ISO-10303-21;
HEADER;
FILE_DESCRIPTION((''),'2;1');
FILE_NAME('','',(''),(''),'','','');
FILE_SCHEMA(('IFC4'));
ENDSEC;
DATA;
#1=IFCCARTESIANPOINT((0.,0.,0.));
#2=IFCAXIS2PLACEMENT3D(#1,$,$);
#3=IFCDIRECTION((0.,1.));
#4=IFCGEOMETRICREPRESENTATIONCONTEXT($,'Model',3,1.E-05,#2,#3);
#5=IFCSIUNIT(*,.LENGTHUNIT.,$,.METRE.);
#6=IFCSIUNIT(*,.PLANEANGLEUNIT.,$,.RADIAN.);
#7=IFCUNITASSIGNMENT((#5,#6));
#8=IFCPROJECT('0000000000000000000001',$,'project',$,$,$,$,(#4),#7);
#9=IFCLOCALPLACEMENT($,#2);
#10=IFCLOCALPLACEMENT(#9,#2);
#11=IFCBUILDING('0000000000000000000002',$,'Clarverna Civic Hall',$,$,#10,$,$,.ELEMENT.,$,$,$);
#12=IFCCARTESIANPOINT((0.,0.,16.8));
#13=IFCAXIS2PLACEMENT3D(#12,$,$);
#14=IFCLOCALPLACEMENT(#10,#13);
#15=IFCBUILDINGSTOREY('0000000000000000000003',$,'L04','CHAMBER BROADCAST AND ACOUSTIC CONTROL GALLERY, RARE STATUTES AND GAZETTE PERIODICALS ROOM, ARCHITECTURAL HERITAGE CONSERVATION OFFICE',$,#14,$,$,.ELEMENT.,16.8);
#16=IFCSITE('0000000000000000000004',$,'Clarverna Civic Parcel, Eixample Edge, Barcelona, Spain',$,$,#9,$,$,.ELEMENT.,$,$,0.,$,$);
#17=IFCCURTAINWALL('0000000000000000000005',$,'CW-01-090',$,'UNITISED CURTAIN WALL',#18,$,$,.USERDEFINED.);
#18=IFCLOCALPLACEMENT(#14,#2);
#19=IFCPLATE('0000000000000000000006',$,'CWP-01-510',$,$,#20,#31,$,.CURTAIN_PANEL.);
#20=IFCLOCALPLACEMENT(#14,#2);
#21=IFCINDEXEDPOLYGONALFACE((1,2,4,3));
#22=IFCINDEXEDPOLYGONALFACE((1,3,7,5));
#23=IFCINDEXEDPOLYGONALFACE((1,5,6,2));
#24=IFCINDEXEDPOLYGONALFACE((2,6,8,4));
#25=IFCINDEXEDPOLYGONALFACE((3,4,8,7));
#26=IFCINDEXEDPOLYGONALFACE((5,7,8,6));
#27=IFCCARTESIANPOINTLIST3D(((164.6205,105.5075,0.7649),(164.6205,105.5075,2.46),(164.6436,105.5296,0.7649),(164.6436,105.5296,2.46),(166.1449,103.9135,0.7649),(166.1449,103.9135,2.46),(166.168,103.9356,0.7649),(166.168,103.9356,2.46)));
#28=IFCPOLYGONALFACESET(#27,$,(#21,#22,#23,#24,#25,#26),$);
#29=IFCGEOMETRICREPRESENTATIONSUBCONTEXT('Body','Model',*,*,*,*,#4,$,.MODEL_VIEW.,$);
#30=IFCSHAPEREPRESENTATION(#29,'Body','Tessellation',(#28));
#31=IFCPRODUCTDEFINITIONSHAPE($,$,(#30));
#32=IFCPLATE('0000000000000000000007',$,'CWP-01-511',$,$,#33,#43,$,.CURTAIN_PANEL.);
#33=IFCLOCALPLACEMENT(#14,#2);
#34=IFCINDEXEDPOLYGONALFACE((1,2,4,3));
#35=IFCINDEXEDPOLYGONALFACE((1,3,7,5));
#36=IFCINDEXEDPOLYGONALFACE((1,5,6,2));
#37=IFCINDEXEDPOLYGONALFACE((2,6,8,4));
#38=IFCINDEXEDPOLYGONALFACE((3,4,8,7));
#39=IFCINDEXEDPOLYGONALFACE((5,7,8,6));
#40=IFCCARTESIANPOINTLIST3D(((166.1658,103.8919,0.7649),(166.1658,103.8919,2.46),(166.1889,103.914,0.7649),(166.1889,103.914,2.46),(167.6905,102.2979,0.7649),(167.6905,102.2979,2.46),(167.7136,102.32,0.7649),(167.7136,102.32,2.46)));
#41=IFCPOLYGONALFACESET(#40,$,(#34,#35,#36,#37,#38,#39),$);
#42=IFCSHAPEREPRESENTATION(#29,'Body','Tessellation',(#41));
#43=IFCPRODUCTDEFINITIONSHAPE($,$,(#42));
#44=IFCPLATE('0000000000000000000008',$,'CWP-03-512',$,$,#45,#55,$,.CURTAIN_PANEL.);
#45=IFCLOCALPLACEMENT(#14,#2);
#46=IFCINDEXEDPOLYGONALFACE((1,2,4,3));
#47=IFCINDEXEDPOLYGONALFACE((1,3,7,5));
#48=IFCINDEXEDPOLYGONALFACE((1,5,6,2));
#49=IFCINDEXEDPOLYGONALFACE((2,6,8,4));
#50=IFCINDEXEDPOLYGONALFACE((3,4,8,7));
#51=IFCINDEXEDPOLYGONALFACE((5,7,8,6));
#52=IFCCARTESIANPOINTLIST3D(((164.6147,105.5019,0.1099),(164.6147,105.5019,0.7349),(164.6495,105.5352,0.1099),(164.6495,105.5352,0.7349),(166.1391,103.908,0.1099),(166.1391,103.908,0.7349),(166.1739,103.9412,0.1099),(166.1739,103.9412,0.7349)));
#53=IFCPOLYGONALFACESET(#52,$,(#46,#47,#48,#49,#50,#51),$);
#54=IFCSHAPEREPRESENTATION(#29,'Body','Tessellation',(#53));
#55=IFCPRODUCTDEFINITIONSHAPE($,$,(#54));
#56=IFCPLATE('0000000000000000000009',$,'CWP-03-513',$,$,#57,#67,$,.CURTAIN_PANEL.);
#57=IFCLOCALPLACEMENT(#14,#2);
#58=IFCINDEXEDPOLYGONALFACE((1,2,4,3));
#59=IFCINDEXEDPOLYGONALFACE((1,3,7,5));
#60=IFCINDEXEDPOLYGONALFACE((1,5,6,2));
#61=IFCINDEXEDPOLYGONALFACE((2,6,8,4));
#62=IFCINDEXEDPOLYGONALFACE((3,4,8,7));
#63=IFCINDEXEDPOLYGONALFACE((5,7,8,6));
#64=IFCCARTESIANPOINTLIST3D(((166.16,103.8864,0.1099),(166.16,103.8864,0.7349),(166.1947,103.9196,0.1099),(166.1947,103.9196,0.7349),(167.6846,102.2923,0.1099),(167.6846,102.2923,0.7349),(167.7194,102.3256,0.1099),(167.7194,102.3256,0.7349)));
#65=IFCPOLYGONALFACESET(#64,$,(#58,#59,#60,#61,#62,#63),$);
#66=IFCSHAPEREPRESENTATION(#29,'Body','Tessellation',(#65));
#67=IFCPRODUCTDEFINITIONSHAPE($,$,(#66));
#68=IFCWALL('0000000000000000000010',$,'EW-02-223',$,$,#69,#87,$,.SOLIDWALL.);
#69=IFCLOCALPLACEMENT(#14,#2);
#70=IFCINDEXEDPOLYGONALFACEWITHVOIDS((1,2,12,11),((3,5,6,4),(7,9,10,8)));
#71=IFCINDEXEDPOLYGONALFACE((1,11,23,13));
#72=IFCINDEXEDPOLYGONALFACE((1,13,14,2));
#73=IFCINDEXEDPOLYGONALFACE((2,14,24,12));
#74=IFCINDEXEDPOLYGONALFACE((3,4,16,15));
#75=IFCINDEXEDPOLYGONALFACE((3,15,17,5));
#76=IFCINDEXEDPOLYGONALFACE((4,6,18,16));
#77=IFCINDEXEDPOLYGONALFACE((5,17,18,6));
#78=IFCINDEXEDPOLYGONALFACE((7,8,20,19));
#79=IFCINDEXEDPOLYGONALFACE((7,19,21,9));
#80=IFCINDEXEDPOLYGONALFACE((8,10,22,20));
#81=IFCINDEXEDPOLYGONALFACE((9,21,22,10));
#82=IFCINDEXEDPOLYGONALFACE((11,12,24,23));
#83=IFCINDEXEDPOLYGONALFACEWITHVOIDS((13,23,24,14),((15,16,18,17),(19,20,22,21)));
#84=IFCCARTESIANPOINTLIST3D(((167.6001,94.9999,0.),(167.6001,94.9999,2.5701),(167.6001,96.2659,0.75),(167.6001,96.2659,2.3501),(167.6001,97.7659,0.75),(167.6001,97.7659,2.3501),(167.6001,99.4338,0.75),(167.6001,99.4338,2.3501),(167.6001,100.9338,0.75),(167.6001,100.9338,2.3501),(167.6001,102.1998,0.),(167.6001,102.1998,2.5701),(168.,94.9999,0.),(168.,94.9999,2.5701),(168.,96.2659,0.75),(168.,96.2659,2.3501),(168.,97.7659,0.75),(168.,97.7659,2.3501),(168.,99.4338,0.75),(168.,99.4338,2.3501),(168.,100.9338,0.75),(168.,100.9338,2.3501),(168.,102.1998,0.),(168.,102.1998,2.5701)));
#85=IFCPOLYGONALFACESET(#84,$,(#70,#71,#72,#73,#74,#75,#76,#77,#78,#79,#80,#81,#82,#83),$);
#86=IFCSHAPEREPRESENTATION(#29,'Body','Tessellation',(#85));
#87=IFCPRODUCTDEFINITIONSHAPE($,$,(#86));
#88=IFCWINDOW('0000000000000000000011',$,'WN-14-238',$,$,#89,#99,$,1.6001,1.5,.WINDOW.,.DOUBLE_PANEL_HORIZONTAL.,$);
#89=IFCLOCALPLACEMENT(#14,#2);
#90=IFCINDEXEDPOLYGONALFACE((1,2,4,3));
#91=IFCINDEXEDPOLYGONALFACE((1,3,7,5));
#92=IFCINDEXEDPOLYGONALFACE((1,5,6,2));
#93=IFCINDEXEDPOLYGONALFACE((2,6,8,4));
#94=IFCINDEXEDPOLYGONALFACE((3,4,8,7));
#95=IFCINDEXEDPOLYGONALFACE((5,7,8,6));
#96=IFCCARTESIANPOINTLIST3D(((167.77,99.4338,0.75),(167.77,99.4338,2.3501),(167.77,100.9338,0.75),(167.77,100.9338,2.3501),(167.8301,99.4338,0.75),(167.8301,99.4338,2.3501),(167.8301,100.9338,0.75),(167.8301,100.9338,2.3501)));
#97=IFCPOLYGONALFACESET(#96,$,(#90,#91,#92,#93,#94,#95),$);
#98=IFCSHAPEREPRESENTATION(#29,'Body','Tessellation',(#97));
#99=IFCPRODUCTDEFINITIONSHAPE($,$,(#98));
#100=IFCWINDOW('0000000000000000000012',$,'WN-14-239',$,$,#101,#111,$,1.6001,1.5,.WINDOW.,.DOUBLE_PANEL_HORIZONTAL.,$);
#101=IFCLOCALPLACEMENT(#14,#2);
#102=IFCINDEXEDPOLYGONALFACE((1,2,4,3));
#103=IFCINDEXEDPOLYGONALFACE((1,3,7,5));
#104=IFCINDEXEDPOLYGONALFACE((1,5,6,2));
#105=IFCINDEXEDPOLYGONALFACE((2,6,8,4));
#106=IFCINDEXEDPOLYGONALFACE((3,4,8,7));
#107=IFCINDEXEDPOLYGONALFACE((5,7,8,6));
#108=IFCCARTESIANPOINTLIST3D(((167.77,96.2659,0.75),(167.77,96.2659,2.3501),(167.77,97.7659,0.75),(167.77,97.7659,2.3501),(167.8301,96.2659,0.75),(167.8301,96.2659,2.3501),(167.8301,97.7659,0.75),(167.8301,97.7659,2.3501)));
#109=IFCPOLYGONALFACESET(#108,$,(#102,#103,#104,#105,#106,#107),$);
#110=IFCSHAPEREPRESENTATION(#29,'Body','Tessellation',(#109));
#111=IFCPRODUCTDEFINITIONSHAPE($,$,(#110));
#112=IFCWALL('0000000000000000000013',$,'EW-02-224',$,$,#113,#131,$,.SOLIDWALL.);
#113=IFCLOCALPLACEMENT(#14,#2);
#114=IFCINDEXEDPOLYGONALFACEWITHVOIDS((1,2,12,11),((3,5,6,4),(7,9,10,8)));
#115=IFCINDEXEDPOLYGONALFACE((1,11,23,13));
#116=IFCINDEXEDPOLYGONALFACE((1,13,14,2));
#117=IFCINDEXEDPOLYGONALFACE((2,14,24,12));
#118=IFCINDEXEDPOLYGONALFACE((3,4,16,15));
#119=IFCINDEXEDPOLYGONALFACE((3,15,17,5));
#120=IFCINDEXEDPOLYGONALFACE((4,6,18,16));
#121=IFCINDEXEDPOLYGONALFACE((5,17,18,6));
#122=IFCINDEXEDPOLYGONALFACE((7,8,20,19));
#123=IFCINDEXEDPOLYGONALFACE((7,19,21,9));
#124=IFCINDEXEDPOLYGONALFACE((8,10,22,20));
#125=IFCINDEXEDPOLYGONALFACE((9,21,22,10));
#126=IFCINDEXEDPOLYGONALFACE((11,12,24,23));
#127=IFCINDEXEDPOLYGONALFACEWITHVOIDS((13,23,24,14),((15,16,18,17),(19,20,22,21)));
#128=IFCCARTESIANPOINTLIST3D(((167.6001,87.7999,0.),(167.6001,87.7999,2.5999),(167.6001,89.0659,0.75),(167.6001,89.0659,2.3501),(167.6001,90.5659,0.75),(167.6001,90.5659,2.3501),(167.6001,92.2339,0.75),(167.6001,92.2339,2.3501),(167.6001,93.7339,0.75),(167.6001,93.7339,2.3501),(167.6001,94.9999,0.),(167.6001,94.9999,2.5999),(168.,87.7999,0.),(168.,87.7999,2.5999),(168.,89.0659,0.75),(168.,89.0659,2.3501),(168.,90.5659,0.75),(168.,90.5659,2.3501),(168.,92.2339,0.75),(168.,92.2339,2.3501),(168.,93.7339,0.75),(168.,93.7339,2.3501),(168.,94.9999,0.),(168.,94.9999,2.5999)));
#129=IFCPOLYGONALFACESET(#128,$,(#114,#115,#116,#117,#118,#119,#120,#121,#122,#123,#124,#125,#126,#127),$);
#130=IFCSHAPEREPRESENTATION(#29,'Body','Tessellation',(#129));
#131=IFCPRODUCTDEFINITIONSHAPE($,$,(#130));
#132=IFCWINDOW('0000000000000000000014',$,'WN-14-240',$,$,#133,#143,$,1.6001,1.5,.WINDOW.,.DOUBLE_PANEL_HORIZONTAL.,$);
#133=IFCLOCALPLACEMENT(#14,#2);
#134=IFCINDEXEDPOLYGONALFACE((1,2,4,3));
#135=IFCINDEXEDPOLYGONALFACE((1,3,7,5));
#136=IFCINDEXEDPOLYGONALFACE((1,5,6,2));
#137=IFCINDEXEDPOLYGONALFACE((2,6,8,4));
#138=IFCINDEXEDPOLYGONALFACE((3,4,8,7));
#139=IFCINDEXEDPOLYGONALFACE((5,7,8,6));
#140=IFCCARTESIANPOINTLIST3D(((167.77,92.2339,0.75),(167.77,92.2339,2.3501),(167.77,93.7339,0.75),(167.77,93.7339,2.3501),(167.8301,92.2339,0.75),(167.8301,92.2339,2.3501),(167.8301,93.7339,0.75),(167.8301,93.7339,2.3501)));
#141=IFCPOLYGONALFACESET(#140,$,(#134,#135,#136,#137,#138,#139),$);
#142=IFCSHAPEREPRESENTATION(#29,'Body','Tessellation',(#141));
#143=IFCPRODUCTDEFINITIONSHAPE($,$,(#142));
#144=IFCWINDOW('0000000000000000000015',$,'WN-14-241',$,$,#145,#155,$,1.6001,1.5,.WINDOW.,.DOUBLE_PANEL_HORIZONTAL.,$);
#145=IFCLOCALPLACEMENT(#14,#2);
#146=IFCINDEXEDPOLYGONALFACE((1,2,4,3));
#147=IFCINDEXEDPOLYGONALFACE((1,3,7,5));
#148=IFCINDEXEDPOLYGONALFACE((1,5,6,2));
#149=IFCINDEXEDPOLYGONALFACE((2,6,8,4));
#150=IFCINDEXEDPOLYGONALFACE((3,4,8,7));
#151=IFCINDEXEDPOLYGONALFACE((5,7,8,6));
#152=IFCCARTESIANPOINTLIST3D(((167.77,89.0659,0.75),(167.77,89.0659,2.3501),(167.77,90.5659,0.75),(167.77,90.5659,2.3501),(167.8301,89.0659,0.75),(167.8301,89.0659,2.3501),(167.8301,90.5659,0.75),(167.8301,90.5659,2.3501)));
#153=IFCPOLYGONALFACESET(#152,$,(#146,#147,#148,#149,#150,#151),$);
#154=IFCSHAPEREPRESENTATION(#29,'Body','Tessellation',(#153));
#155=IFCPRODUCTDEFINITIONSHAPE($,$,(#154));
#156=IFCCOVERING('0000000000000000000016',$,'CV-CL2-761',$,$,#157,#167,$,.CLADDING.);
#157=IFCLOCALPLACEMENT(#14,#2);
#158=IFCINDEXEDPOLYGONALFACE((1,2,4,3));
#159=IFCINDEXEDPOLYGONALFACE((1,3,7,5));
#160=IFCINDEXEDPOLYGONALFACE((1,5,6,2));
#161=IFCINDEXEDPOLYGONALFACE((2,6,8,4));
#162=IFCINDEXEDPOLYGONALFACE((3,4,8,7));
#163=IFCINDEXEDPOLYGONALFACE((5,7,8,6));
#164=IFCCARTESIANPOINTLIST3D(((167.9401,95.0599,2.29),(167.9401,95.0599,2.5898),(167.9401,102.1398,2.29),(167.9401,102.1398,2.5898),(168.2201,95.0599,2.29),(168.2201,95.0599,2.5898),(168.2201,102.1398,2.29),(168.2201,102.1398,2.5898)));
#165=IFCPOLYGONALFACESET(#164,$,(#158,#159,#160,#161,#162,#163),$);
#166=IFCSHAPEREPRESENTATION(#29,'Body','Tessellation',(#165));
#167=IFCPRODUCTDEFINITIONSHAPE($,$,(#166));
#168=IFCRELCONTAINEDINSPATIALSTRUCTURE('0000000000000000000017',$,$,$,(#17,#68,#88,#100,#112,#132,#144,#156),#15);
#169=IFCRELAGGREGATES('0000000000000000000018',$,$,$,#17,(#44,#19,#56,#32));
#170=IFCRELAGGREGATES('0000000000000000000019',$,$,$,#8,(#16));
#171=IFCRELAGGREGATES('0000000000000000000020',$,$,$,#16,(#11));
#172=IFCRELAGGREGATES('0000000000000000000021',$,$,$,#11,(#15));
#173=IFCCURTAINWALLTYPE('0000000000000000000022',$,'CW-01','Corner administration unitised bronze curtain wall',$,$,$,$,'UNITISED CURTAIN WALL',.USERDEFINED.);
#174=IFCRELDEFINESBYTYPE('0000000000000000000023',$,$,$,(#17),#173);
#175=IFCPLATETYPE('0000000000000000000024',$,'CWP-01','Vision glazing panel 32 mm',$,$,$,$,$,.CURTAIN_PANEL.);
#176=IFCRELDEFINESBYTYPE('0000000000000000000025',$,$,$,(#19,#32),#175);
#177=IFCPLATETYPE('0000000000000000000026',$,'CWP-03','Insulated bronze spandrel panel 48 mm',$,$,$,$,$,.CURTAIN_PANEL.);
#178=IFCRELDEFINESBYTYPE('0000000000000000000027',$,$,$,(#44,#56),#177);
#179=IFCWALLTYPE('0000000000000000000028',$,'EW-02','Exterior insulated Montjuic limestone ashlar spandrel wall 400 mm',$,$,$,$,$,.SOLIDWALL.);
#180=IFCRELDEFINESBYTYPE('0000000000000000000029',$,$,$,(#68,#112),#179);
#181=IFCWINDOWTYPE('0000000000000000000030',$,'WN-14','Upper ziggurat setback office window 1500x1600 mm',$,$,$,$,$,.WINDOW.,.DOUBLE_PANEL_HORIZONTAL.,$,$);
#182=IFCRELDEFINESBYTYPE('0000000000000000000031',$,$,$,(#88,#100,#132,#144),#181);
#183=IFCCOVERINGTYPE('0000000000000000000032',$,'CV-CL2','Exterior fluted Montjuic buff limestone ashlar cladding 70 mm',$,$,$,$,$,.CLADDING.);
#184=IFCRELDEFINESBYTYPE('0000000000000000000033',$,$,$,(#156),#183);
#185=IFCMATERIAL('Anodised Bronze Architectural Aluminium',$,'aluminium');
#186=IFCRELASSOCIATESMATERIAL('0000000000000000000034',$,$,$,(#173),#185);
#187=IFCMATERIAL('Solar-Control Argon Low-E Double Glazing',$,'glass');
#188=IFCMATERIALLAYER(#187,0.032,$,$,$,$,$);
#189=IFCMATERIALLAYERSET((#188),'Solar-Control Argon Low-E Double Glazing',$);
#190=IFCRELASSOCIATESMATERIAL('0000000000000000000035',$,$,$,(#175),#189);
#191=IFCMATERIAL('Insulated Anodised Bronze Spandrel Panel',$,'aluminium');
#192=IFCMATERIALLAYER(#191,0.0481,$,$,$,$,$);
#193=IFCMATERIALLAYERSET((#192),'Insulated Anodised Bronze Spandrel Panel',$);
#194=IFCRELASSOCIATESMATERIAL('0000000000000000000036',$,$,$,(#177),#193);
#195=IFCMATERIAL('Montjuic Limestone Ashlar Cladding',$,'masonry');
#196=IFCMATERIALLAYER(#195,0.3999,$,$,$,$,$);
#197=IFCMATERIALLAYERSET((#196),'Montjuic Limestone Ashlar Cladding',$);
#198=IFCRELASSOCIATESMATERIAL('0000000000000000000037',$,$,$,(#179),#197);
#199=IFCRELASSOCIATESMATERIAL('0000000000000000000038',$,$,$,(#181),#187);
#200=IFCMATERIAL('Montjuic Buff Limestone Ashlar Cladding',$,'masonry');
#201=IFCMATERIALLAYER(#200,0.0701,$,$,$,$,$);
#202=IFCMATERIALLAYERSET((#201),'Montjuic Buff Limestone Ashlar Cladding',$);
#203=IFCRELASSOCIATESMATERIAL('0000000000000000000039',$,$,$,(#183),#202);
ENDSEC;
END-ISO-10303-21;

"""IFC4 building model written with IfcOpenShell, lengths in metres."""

from ifc_helpers import new_model, si_unit, direction, frame, frame_2d, origin, place, context, subcontext, project, spatial, rectangle, extrude, material, layer, layer_set, type_object, element, fill, aggregate, save


model = new_model("IFC4")

# Units and contexts
model_context = context("Model", 3, precision=1e-05, world=origin(), true_north=direction((0.0, 1.0)))
body_context = subcontext(model_context, "Body", "Model", "MODEL_VIEW")
ifc_project = project(units=[si_unit("LENGTHUNIT", "METRE"), si_unit("PLANEANGLEUNIT", "RADIAN")], contexts=[model_context])

# Site, building, storey
site_placement = place(None, origin())
site = spatial("IfcSite", under=ifc_project, at=site_placement, Name="Clarverna Civic Parcel, Eixample Edge, Barcelona, Spain", CompositionType="ELEMENT", RefElevation=0.0)
building_placement = place(site_placement, origin())
building = spatial("IfcBuilding", under=site, at=building_placement, Name="Clarverna Civic Hall", CompositionType="ELEMENT")
storey_placement = place(building_placement, frame((0.0, 0.0, 16.8)))
storey = spatial("IfcBuildingStorey", under=building, at=storey_placement, Name="L04", Description="CHAMBER BROADCAST AND ACOUSTIC CONTROL GALLERY, RARE STATUTES AND GAZETTE PERIODICALS ROOM, ARCHITECTURAL HERITAGE CONSERVATION OFFICE", CompositionType="ELEMENT", Elevation=16.8)

# Curtain wall
ifc_material_1 = material(Name="Anodised Bronze Architectural Aluminium", Category="aluminium")
curtain_wall_type = type_object("IfcCurtainWallType", Name="CW-01", Description="Corner administration unitised bronze curtain wall", ElementType="UNITISED CURTAIN WALL", PredefinedType="USERDEFINED", material=ifc_material_1)
curtain_wall_placement = place(storey_placement, origin())
curtain_wall = element("IfcCurtainWall", 1, at=curtain_wall_placement, inside=storey, type_object=curtain_wall_type, Name="CW-01-090", ObjectType="UNITISED CURTAIN WALL", PredefinedType="USERDEFINED")

# Plates
ifc_material_2 = material(Name="Solar-Control Argon Low-E Double Glazing", Category="glass")
ifc_layer_1 = layer(ifc_material_2, 0.032)
ifc_layer_set_1 = layer_set([ifc_layer_1], Name="Solar-Control Argon Low-E Double Glazing")
plate_type_1 = type_object("IfcPlateType", Name="CWP-01", Description="Vision glazing panel 32 mm", PredefinedType="CURTAIN_PANEL", material=ifc_layer_set_1)
plate_1_placement = place(storey_placement, frame((164.6321, 105.5186, 0.7649), z_axis=(0.0, 0.0, 1.0), x_axis=(0.691157, -0.722704, 0.0)))
plate_1 = element("IfcPlate", 2, at=plate_1_placement, type_object=plate_type_1, Name="CWP-01-510", PredefinedType="CURTAIN_PANEL", context=body_context, shape_type="SweptSolid", body=[
    extrude(rectangle(XDim=2.2056, YDim=0.032, at=frame_2d((1.1028, 0.0))), origin(), (0.0, 0.0, 1.0), 1.6951),
])
plate_2_placement = place(storey_placement, frame((166.1772, 103.9031, 0.7649), z_axis=(0.0, 0.0, 1.0), x_axis=(0.691215, -0.722649, 0.0)))
plate_2 = element("IfcPlate", 3, at=plate_2_placement, type_object=plate_type_1, Name="CWP-01-511", PredefinedType="CURTAIN_PANEL", context=body_context, shape_type="SweptSolid", body=[
    extrude(rectangle(XDim=2.2058, YDim=0.032, at=frame_2d((1.103, 0.0))), origin(), (0.0, 0.0, 1.0), 1.6951),
])
ifc_material_3 = material(Name="Insulated Anodised Bronze Spandrel Panel", Category="aluminium")
ifc_layer_2 = layer(ifc_material_3, 0.0481)
ifc_layer_set_2 = layer_set([ifc_layer_2], Name="Insulated Anodised Bronze Spandrel Panel")
plate_type_2 = type_object("IfcPlateType", Name="CWP-03", Description="Insulated bronze spandrel panel 48 mm", PredefinedType="CURTAIN_PANEL", material=ifc_layer_set_2)
plate_3_placement = place(storey_placement, frame((164.6321, 105.5186, 0.1099), z_axis=(0.0, 0.0, 1.0), x_axis=(0.691157, -0.722704, 0.0)))
plate_3 = element("IfcPlate", 4, at=plate_3_placement, type_object=plate_type_2, Name="CWP-03-512", PredefinedType="CURTAIN_PANEL", context=body_context, shape_type="SweptSolid", body=[
    extrude(rectangle(XDim=2.2056, YDim=0.0481, at=frame_2d((1.1028, 0.0))), origin(), (0.0, 0.0, 1.0), 0.625),
])
plate_4_placement = place(storey_placement, frame((166.1772, 103.9031, 0.1099), z_axis=(0.0, 0.0, 1.0), x_axis=(0.691215, -0.722649, 0.0)))
plate_4 = element("IfcPlate", 5, at=plate_4_placement, type_object=plate_type_2, Name="CWP-03-513", PredefinedType="CURTAIN_PANEL", context=body_context, shape_type="SweptSolid", body=[
    extrude(rectangle(XDim=2.2058, YDim=0.0481, at=frame_2d((1.103, 0.0))), origin(), (0.0, 0.0, 1.0), 0.625),
])
aggregate(curtain_wall, [plate_3, plate_1, plate_4, plate_2])

# Walls, openings, windows
ifc_material_4 = material(Name="Montjuic Limestone Ashlar Cladding", Category="masonry")
ifc_layer_3 = layer(ifc_material_4, 0.3999)
ifc_layer_set_3 = layer_set([ifc_layer_3], Name="Montjuic Limestone Ashlar Cladding")
wall_type = type_object("IfcWallType", Name="EW-02", Description="Exterior insulated Montjuic limestone ashlar spandrel wall 400 mm", PredefinedType="SOLIDWALL", material=ifc_layer_set_3)
wall_1_placement = place(storey_placement, frame((167.8, 102.2, 0.0), z_axis=(0.0, 0.0, 1.0), x_axis=(0.0, -1.0, 0.0)))
wall_1 = element("IfcWall", 6, at=wall_1_placement, inside=storey, type_object=wall_type, Name="EW-02-223", PredefinedType="SOLIDWALL", context=body_context, shape_type="SweptSolid", body=[
    extrude(rectangle(XDim=7.2, YDim=0.3999, at=frame_2d((3.6001, 0.0))), origin(), (0.0, 0.0, 1.0), 2.5701),
])
opening_1_placement = place(wall_1_placement, frame((1.2661, 0.0, 0.75)))
opening_1 = element("IfcOpeningElement", 7, at=opening_1_placement, cuts=wall_1, PredefinedType="OPENING", context=body_context, shape_type="SweptSolid", body=[
    extrude(rectangle(XDim=1.5, YDim=1.6001, at=frame_2d((0.75, 0.8))), frame((0.0, 0.21, 0.0), z_axis=(0.0, -1.0, 0.0), x_axis=(1.0, 0.0, 0.0)), (0.0, 0.0, 1.0), 0.4199),
])
opening_2_placement = place(wall_1_placement, frame((4.4341, 0.0, 0.75)))
opening_2 = element("IfcOpeningElement", 8, at=opening_2_placement, cuts=wall_1, PredefinedType="OPENING", context=body_context, shape_type="SweptSolid", body=[
    extrude(rectangle(XDim=1.5, YDim=1.6001, at=frame_2d((0.75, 0.8))), frame((0.0, 0.21, 0.0), z_axis=(0.0, -1.0, 0.0), x_axis=(1.0, 0.0, 0.0)), (0.0, 0.0, 1.0), 0.4199),
])
window_type = type_object("IfcWindowType", Name="WN-14", Description="Upper ziggurat setback office window 1500x1600 mm", PartitioningType="DOUBLE_PANEL_HORIZONTAL", PredefinedType="WINDOW", material=ifc_material_2)
window_1_placement = place(opening_1_placement, origin())
window_1 = element("IfcWindow", 9, at=window_1_placement, inside=storey, type_object=window_type, Name="WN-14-238", OverallHeight=1.6001, OverallWidth=1.5, PartitioningType="DOUBLE_PANEL_HORIZONTAL", PredefinedType="WINDOW", context=body_context, shape_type="SweptSolid", body=[
    extrude(rectangle(XDim=1.5, YDim=1.6001, at=frame_2d((0.75, 0.8))), frame((0.0, 0.03, 0.0), z_axis=(0.0, -1.0, 0.0), x_axis=(1.0, 0.0, 0.0)), (0.0, 0.0, 1.0), 0.0601),
])
fill(opening_1, window_1)
window_2_placement = place(opening_2_placement, origin())
window_2 = element("IfcWindow", 10, at=window_2_placement, inside=storey, type_object=window_type, Name="WN-14-239", OverallHeight=1.6001, OverallWidth=1.5, PartitioningType="DOUBLE_PANEL_HORIZONTAL", PredefinedType="WINDOW", context=body_context, shape_type="SweptSolid", body=[
    extrude(rectangle(XDim=1.5, YDim=1.6001, at=frame_2d((0.75, 0.8))), frame((0.0, 0.03, 0.0), z_axis=(0.0, -1.0, 0.0), x_axis=(1.0, 0.0, 0.0)), (0.0, 0.0, 1.0), 0.0601),
])
fill(opening_2, window_2)
wall_2_placement = place(storey_placement, frame((167.8, 95.0, 0.0), z_axis=(0.0, 0.0, 1.0), x_axis=(0.0, -1.0, 0.0)))
wall_2 = element("IfcWall", 11, at=wall_2_placement, inside=storey, type_object=wall_type, Name="EW-02-224", PredefinedType="SOLIDWALL", context=body_context, shape_type="SweptSolid", body=[
    extrude(rectangle(XDim=7.2, YDim=0.3999, at=frame_2d((3.6001, 0.0))), origin(), (0.0, 0.0, 1.0), 2.5999),
])
opening_3_placement = place(wall_2_placement, frame((1.2661, 0.0, 0.75)))
opening_3 = element("IfcOpeningElement", 12, at=opening_3_placement, cuts=wall_2, PredefinedType="OPENING", context=body_context, shape_type="SweptSolid", body=[
    extrude(rectangle(XDim=1.5, YDim=1.6001, at=frame_2d((0.75, 0.8))), frame((0.0, 0.21, 0.0), z_axis=(0.0, -1.0, 0.0), x_axis=(1.0, 0.0, 0.0)), (0.0, 0.0, 1.0), 0.4199),
])
opening_4_placement = place(wall_2_placement, frame((4.4341, 0.0, 0.75)))
opening_4 = element("IfcOpeningElement", 13, at=opening_4_placement, cuts=wall_2, PredefinedType="OPENING", context=body_context, shape_type="SweptSolid", body=[
    extrude(rectangle(XDim=1.5, YDim=1.6001, at=frame_2d((0.75, 0.8))), frame((0.0, 0.21, 0.0), z_axis=(0.0, -1.0, 0.0), x_axis=(1.0, 0.0, 0.0)), (0.0, 0.0, 1.0), 0.4199),
])
window_3_placement = place(opening_3_placement, origin())
window_3 = element("IfcWindow", 14, at=window_3_placement, inside=storey, type_object=window_type, Name="WN-14-240", OverallHeight=1.6001, OverallWidth=1.5, PartitioningType="DOUBLE_PANEL_HORIZONTAL", PredefinedType="WINDOW", context=body_context, shape_type="SweptSolid", body=[
    extrude(rectangle(XDim=1.5, YDim=1.6001, at=frame_2d((0.75, 0.8))), frame((0.0, 0.03, 0.0), z_axis=(0.0, -1.0, 0.0), x_axis=(1.0, 0.0, 0.0)), (0.0, 0.0, 1.0), 0.0601),
])
fill(opening_3, window_3)
window_4_placement = place(opening_4_placement, origin())
window_4 = element("IfcWindow", 15, at=window_4_placement, inside=storey, type_object=window_type, Name="WN-14-241", OverallHeight=1.6001, OverallWidth=1.5, PartitioningType="DOUBLE_PANEL_HORIZONTAL", PredefinedType="WINDOW", context=body_context, shape_type="SweptSolid", body=[
    extrude(rectangle(XDim=1.5, YDim=1.6001, at=frame_2d((0.75, 0.8))), frame((0.0, 0.03, 0.0), z_axis=(0.0, -1.0, 0.0), x_axis=(1.0, 0.0, 0.0)), (0.0, 0.0, 1.0), 0.0601),
])
fill(opening_4, window_4)

# Covering
ifc_material_5 = material(Name="Montjuic Buff Limestone Ashlar Cladding", Category="masonry")
ifc_layer_4 = layer(ifc_material_5, 0.0701)
ifc_layer_set_4 = layer_set([ifc_layer_4], Name="Montjuic Buff Limestone Ashlar Cladding")
covering_type = type_object("IfcCoveringType", Name="CV-CL2", Description="Exterior fluted Montjuic buff limestone ashlar cladding 70 mm", PredefinedType="CLADDING", material=ifc_layer_set_4)
covering_1_placement = place(storey_placement, frame((168.0801, 102.1399, 2.29), z_axis=(0.0, 0.0, 1.0), x_axis=(0.0, -1.0, 0.0)))
element("IfcCovering", 16, at=covering_1_placement, inside=storey, type_object=covering_type, Name="CV-CL2-761", PredefinedType="CLADDING", context=body_context, shape_type="SweptSolid", body=[
    extrude(rectangle(XDim=7.0798, YDim=0.28, at=frame_2d((3.54, 0.0))), origin(), (0.0, 0.0, 1.0), 0.2998),
])

save(model, "model.ifc")
